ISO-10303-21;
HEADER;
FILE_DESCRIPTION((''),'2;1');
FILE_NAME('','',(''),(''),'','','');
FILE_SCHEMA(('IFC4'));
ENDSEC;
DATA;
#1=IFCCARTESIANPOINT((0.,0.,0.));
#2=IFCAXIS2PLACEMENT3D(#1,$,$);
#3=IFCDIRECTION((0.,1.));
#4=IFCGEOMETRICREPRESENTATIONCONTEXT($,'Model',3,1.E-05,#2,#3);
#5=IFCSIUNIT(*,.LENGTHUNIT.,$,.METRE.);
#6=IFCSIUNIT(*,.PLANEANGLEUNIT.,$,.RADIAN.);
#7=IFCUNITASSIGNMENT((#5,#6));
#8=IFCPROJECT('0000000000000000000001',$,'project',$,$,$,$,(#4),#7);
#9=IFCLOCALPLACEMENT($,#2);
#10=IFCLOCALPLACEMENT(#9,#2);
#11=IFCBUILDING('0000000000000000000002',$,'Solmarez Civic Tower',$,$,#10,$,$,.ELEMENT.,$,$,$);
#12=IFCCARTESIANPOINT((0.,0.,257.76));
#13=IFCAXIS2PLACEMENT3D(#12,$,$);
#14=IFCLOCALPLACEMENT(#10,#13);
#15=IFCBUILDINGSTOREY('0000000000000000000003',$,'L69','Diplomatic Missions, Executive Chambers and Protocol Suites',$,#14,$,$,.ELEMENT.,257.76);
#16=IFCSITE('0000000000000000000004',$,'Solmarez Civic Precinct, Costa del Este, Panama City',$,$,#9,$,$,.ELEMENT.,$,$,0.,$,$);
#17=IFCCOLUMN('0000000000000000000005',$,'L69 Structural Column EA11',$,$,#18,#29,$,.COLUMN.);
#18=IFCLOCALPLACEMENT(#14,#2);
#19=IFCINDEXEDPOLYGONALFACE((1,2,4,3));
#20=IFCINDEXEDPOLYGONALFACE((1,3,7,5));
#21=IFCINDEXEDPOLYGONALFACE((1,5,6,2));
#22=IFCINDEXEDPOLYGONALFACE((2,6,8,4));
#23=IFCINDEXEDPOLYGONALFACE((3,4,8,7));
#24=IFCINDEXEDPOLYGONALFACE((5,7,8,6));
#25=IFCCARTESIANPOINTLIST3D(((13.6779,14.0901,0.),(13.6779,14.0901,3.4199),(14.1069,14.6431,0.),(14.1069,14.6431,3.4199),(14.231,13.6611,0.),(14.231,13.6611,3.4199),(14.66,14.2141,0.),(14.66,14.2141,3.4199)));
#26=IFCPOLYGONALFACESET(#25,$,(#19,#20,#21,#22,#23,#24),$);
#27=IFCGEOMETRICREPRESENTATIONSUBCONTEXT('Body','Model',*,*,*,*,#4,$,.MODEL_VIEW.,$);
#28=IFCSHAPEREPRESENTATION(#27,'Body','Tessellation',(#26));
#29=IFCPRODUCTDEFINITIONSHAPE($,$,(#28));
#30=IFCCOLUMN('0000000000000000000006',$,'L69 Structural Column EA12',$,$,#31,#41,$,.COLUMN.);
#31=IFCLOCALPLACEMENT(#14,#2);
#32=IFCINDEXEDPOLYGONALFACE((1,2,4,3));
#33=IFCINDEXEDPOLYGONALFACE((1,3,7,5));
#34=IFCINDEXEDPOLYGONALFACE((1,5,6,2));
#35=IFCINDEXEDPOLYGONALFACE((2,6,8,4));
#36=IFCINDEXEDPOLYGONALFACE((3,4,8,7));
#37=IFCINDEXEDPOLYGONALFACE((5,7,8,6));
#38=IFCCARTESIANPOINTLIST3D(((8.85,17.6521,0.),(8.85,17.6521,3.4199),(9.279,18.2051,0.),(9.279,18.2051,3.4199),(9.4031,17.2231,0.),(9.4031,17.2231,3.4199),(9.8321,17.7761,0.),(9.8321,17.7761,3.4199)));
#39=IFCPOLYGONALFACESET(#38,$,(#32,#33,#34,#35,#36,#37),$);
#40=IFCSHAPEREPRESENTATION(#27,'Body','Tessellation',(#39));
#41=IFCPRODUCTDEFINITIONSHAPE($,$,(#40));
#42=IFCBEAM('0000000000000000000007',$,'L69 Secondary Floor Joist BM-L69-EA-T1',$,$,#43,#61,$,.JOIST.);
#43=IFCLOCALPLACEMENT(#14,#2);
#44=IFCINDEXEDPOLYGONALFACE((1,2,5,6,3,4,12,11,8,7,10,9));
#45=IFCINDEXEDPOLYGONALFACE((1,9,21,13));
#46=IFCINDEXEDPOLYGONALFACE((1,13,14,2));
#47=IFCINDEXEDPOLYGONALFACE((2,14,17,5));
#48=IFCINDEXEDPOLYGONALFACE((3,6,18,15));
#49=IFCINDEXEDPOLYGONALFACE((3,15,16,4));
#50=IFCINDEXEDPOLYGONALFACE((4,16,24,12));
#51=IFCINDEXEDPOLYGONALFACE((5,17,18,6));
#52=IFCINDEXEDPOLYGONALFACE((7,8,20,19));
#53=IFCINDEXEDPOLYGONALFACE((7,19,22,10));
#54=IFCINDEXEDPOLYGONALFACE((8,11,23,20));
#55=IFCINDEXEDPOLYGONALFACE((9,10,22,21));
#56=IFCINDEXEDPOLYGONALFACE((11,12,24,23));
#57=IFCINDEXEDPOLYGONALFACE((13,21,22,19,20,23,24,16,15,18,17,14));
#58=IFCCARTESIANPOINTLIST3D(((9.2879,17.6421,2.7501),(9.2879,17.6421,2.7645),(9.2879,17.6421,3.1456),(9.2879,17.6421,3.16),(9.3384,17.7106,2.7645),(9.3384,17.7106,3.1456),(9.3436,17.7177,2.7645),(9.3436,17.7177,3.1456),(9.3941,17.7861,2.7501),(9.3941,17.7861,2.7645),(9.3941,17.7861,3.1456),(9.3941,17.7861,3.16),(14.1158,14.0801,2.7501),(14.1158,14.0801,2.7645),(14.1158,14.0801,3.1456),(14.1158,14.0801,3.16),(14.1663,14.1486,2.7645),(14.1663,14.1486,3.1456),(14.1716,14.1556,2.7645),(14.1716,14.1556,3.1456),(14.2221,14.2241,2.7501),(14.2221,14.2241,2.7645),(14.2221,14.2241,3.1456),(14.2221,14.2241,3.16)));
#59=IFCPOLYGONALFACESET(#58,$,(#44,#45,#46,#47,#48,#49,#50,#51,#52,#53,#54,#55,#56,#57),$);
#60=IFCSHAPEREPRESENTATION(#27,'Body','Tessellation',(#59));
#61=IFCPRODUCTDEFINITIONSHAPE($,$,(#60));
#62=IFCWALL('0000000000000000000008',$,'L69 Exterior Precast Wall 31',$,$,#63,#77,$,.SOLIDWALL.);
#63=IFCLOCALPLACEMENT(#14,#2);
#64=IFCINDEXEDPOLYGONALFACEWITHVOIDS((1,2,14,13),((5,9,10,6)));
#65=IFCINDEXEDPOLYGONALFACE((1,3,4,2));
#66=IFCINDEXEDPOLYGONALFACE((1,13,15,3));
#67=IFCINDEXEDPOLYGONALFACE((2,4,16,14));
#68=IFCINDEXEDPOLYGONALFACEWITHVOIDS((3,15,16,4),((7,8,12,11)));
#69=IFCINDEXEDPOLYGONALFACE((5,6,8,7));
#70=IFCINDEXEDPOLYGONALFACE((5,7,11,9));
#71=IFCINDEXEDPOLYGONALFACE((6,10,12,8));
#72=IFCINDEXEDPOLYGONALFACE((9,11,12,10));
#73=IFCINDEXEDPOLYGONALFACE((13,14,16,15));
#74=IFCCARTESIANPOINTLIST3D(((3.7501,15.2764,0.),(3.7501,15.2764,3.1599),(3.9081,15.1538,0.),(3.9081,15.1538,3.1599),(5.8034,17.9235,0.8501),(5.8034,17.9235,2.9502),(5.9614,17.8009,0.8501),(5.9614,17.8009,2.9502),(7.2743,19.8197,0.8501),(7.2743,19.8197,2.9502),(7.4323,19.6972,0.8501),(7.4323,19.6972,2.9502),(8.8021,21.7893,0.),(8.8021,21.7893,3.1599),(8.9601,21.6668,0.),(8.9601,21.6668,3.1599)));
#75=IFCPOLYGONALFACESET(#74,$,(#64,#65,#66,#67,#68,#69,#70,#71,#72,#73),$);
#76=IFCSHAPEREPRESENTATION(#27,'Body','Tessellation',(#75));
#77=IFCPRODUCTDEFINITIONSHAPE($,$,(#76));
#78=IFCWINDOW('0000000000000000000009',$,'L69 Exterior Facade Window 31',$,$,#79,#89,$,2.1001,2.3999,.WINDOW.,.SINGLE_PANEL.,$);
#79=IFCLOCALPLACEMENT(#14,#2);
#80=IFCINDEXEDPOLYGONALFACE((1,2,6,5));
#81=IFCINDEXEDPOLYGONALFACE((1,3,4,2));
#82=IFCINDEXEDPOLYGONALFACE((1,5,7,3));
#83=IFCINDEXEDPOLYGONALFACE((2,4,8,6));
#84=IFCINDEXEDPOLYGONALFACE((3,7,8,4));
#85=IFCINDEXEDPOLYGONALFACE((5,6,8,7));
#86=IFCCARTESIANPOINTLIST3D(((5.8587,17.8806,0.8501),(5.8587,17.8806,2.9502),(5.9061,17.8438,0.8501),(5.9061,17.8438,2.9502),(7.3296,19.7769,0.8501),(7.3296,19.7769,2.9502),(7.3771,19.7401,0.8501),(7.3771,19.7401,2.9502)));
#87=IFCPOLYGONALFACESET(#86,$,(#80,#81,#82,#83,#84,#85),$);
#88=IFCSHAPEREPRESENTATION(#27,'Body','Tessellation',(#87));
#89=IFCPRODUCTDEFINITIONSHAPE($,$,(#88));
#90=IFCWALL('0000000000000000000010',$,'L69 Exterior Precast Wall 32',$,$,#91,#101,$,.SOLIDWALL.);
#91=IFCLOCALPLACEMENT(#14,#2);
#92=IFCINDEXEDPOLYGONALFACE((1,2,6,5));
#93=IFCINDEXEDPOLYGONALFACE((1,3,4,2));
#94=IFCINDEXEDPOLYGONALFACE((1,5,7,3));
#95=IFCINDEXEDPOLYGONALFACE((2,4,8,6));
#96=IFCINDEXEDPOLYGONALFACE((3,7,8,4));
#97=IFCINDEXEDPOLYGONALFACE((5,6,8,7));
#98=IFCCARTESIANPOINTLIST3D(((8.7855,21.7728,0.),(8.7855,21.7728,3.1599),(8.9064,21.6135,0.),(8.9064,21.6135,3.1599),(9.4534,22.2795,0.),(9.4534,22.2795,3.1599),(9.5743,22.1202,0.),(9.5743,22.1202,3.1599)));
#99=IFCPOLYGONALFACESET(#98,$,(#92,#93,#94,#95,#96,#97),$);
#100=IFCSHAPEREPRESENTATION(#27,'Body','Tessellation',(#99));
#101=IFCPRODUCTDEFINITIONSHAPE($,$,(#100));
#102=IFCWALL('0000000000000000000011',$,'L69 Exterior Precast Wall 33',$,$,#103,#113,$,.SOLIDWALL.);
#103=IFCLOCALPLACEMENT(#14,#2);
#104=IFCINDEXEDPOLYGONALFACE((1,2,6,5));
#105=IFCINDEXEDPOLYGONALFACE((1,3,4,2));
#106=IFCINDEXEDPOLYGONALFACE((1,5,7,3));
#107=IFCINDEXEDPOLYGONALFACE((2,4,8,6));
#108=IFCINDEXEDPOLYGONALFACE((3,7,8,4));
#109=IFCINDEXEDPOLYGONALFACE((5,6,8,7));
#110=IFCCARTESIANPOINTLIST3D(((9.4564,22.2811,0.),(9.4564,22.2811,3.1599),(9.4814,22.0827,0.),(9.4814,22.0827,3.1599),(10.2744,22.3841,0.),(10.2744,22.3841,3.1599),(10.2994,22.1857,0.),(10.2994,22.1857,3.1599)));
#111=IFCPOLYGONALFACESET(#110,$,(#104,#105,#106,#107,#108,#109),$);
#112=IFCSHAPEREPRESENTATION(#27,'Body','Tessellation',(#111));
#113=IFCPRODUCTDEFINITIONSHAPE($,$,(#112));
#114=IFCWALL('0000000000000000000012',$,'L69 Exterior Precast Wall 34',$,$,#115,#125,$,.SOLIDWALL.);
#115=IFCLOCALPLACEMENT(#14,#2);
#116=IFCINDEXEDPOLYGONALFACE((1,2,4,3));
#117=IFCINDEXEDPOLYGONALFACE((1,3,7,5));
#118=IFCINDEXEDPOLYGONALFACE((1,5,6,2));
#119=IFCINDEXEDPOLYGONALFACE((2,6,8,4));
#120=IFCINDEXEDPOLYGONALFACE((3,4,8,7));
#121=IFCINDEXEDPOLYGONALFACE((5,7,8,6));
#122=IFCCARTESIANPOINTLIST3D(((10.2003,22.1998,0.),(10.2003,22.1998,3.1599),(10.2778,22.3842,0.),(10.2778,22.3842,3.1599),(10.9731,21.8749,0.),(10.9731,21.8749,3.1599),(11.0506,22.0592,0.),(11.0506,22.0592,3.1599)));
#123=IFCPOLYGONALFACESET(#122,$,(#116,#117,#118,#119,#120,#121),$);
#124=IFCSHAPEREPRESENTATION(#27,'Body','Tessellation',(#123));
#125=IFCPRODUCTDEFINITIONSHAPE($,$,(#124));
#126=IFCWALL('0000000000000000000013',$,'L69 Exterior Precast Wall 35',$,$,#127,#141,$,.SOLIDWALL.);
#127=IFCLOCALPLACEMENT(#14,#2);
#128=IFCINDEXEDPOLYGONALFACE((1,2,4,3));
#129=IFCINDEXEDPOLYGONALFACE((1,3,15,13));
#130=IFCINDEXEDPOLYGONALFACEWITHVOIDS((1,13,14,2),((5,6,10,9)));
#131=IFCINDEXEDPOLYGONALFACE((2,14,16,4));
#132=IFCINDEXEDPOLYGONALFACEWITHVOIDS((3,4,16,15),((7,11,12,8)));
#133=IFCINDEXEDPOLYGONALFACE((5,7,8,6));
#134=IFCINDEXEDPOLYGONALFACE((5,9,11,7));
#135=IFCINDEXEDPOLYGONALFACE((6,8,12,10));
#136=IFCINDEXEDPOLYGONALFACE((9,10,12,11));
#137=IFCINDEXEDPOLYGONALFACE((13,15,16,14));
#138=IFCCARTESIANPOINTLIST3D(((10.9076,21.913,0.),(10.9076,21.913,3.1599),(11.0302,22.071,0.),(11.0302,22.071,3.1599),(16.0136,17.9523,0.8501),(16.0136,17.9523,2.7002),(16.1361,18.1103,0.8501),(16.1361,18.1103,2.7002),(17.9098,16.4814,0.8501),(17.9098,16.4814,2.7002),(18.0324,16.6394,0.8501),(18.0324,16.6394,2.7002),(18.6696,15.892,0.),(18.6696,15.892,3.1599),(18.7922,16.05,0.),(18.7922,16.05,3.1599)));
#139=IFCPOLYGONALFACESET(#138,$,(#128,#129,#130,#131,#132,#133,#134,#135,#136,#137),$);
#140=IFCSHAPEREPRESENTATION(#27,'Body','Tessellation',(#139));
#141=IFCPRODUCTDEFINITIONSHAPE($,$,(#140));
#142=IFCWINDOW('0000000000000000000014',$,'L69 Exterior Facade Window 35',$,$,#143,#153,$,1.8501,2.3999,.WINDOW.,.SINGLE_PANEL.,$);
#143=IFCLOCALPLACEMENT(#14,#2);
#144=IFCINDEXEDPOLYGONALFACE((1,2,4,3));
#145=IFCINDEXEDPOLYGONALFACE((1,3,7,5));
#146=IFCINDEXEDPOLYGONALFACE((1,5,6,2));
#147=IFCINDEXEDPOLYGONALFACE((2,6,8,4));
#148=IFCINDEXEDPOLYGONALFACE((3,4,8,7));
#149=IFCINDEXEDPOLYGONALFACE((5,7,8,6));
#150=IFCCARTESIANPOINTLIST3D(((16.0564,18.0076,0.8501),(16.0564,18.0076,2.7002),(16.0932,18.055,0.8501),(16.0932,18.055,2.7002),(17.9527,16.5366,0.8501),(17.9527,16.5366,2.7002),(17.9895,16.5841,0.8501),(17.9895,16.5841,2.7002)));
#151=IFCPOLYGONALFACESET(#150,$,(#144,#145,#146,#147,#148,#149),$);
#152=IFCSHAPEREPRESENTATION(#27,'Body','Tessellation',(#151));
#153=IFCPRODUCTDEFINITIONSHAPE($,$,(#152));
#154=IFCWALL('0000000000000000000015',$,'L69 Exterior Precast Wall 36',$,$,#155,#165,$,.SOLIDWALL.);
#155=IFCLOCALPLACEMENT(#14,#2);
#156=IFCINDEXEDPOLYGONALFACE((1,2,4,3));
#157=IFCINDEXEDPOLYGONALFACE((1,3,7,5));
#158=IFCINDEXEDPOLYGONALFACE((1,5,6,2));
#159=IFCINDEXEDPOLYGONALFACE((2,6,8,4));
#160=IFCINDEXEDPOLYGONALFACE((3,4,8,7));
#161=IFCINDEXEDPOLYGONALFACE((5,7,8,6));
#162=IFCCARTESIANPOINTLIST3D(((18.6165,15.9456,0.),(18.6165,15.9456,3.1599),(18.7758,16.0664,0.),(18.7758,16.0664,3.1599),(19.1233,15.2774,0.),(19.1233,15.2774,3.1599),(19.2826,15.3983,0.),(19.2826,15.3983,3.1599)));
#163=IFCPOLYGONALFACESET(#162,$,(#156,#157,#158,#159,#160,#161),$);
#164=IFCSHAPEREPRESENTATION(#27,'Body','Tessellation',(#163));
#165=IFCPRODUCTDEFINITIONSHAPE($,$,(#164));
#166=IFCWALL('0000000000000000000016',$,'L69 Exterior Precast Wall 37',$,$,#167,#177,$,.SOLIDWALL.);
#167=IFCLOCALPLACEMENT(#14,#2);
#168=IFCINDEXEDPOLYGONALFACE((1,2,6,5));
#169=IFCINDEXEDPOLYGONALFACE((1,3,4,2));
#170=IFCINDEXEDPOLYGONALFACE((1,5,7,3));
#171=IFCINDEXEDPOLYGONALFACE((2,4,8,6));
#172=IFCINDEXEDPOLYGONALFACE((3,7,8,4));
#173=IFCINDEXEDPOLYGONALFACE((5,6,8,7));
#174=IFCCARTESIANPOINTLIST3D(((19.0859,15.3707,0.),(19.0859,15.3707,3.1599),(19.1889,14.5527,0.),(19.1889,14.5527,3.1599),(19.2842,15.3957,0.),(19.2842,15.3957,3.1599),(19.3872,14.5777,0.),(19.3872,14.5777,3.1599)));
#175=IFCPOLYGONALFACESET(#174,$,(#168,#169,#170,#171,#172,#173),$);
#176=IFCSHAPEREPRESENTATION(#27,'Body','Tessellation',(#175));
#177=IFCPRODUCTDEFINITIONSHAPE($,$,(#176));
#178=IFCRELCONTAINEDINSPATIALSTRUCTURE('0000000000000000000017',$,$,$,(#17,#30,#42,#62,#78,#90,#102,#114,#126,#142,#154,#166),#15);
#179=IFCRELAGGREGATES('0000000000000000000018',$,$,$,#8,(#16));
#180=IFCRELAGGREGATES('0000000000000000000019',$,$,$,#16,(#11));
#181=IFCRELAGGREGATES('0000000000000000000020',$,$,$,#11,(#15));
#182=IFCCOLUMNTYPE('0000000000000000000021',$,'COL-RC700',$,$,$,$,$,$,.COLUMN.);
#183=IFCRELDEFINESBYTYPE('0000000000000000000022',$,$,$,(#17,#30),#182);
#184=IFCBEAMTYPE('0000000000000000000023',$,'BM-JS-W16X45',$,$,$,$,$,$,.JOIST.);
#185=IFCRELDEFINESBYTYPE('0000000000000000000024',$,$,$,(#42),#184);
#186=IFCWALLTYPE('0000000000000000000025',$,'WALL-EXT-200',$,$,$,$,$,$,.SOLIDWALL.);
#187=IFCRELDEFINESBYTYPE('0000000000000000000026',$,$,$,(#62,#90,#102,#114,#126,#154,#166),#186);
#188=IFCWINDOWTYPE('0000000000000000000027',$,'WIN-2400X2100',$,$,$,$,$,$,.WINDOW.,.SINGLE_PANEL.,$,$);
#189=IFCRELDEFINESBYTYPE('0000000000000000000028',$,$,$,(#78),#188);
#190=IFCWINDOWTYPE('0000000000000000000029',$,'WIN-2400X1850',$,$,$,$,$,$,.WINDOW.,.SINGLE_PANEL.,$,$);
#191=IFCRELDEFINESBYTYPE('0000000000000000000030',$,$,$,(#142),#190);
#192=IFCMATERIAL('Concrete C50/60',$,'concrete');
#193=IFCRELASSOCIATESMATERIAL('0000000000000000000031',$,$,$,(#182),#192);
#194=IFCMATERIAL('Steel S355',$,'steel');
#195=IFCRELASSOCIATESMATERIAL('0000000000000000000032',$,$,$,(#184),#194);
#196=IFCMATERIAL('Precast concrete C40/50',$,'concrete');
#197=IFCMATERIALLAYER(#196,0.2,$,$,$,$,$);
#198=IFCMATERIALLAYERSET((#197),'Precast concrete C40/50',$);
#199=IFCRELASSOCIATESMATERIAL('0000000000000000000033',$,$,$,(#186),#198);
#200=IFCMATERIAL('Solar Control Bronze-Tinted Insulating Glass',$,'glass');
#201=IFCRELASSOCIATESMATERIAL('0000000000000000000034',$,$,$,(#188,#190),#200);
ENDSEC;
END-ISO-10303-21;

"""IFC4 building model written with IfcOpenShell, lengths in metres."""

from ifc_helpers import new_model, si_unit, direction, frame, frame_2d, origin, origin_2d, place, context, subcontext, project, spatial, rectangle, i_section, extrude, material, layer, layer_set, material_profile, profile_set, type_object, element, fill, save


model = new_model("IFC4")

# Units and contexts
model_context = context("Model", 3, precision=1e-05, world=origin(), true_north=direction((0.0, 1.0)))
body_context = subcontext(model_context, "Body", "Model", "MODEL_VIEW")
ifc_project = project(units=[si_unit("LENGTHUNIT", "METRE"), si_unit("PLANEANGLEUNIT", "RADIAN")], contexts=[model_context])

# Site, building, storey
site_placement = place(None, origin())
site = spatial("IfcSite", under=ifc_project, at=site_placement, Name="Solmarez Civic Precinct, Costa del Este, Panama City", CompositionType="ELEMENT", RefElevation=0.0)
building_placement = place(site_placement, origin())
building = spatial("IfcBuilding", under=site, at=building_placement, Name="Solmarez Civic Tower", CompositionType="ELEMENT")
storey_placement = place(building_placement, frame((0.0, 0.0, 257.76)))
storey = spatial("IfcBuildingStorey", under=building, at=storey_placement, Name="L69", Description="Diplomatic Missions, Executive Chambers and Protocol Suites", CompositionType="ELEMENT", Elevation=257.76)

# Columns
ifc_material_1 = material(Name="Concrete C50/60", Category="concrete")
ifc_material_profile_1 = material_profile(ifc_material_1, rectangle(XDim=0.7, YDim=0.7, at=origin_2d()), Name="RC700X700")
ifc_profile_set_1 = profile_set([ifc_material_profile_1], Name="Concrete C50/60")
column_type = type_object("IfcColumnType", Name="COL-RC700", PredefinedType="COLUMN", material=ifc_profile_set_1)
for number, where, z_axis, x_axis, name in (
    (1, (14.1689, 14.1521, 0.0), (0.0, 0.0, 1.0), (0.612907, 0.790155, 0.0), "L69 Structural Column EA11"),
    (2, (9.3411, 17.7141, 0.0), (0.0, 0.0, 1.0), (0.612907, 0.790155, 0.0), "L69 Structural Column EA12"),
):
    element("IfcColumn", number, at=place(storey_placement, frame(where, z_axis=z_axis, x_axis=x_axis)), inside=storey, type_object=column_type, Name=name, PredefinedType="COLUMN", context=body_context, shape_type="SweptSolid", body=[
        extrude(rectangle(XDim=0.7, YDim=0.7, at=origin_2d()), origin(), (0.0, 0.0, 1.0), 3.4199),
    ])

# Beam
ifc_material_2 = material(Name="Steel S355", Category="steel")
ifc_material_profile_2 = material_profile(ifc_material_2, i_section(OverallWidth=0.179, OverallDepth=0.4099, WebThickness=0.0088, FlangeThickness=0.0144, at=origin_2d()), Name="W16X45")
ifc_profile_set_2 = profile_set([ifc_material_profile_2], Name="Steel S355")
beam_type = type_object("IfcBeamType", Name="BM-JS-W16X45", PredefinedType="JOIST", material=ifc_profile_set_2)
beam_placement = place(storey_placement, frame((14.1689, 14.1521, 2.9551), z_axis=(-0.804687, 0.593699, 0.0), x_axis=(-0.593699, -0.804687, 0.0)))
element("IfcBeam", 3, at=beam_placement, inside=storey, type_object=beam_type, Name="L69 Secondary Floor Joist BM-L69-EA-T1", PredefinedType="JOIST", context=body_context, shape_type="SweptSolid", body=[
    extrude(i_section(OverallWidth=0.179, OverallDepth=0.4099, WebThickness=0.0088, FlangeThickness=0.0144, at=origin_2d()), origin(), (0.0, 0.0, 1.0), 5.9998),
])

# Wall, opening, window
ifc_material_3 = material(Name="Precast concrete C40/50", Category="concrete")
ifc_layer_1 = layer(ifc_material_3, 0.2)
ifc_layer_set_1 = layer_set([ifc_layer_1], Name="Precast concrete C40/50")
wall_type_1 = type_object("IfcWallType", Name="WALL-EXT-200", PredefinedType="SOLIDWALL", material=ifc_layer_set_1)
wall_1_placement = place(storey_placement, frame((3.8291, 15.2151, 0.0), z_axis=(0.0, 0.0, 1.0), x_axis=(0.612911, 0.790152, 0.0)))
wall_1 = element("IfcWall", 4, at=wall_1_placement, inside=storey, type_object=wall_type_1, Name="L69 Exterior Precast Wall 31", PredefinedType="SOLIDWALL", context=body_context, shape_type="SweptSolid", body=[
    extrude(rectangle(XDim=8.2427, YDim=0.2, at=frame_2d((4.1213, 0.0))), origin(), (0.0, 0.0, 1.0), 3.1599),
])
opening_1_placement = place(wall_1_placement, frame((3.3501, 0.0, 0.8501)))
opening_1 = element("IfcOpeningElement", 5, at=opening_1_placement, cuts=wall_1, PredefinedType="OPENING", context=body_context, shape_type="SweptSolid", body=[
    extrude(rectangle(XDim=2.3999, YDim=2.1001, at=frame_2d((1.2, 1.05))), frame((0.0, 0.1099, 0.0), z_axis=(0.0, -1.0, 0.0), x_axis=(1.0, 0.0, 0.0)), (0.0, 0.0, 1.0), 0.22),
])
ifc_material_4 = material(Name="Solar Control Bronze-Tinted Insulating Glass", Category="glass")
window_type_1 = type_object("IfcWindowType", Name="WIN-2400X2100", PartitioningType="SINGLE_PANEL", PredefinedType="WINDOW", material=ifc_material_4)
window_1_placement = place(opening_1_placement, origin())
window_1 = element("IfcWindow", 6, at=window_1_placement, inside=storey, type_object=window_type_1, Name="L69 Exterior Facade Window 31", OverallHeight=2.1001, OverallWidth=2.3999, PartitioningType="SINGLE_PANEL", PredefinedType="WINDOW", context=body_context, shape_type="SweptSolid", body=[
    extrude(rectangle(XDim=2.3999, YDim=2.1001, at=frame_2d((1.2, 1.05))), frame((0.0, 0.03, 0.0), z_axis=(0.0, -1.0, 0.0), x_axis=(1.0, 0.0, 0.0)), (0.0, 0.0, 1.0), 0.0601),
])
fill(opening_1, window_1)

# Walls
wall_2_placement = place(storey_placement, frame((8.8459, 21.6931, 0.0), z_axis=(0.0, 0.0, 1.0), x_axis=(0.796633, 0.604463, 0.0)))
element("IfcWall", 7, at=wall_2_placement, inside=storey, type_object=wall_type_1, Name="L69 Exterior Precast Wall 32", PredefinedType="SOLIDWALL", context=body_context, shape_type="SweptSolid", body=[
    extrude(rectangle(XDim=0.8384, YDim=0.2, at=frame_2d((0.4192, 0.0))), origin(), (0.0, 0.0, 1.0), 3.1599),
])
wall_3_placement = place(storey_placement, frame((9.469, 22.1819, 0.0), z_axis=(0.0, 0.0, 1.0), x_axis=(0.992164, 0.124946, 0.0)))
element("IfcWall", 8, at=wall_3_placement, inside=storey, type_object=wall_type_1, Name="L69 Exterior Precast Wall 33", PredefinedType="SOLIDWALL", context=body_context, shape_type="SweptSolid", body=[
    extrude(rectangle(XDim=0.8245, YDim=0.2, at=frame_2d((0.4121, 0.0))), origin(), (0.0, 0.0, 1.0), 3.1599),
])
wall_4_placement = place(storey_placement, frame((10.239, 22.292, 0.0), z_axis=(0.0, 0.0, 1.0), x_axis=(0.921849, -0.387549, 0.0)))
element("IfcWall", 9, at=wall_4_placement, inside=storey, type_object=wall_type_1, Name="L69 Exterior Precast Wall 34", PredefinedType="SOLIDWALL", context=body_context, shape_type="SweptSolid", body=[
    extrude(rectangle(XDim=0.8384, YDim=0.2, at=frame_2d((0.4192, 0.0))), origin(), (0.0, 0.0, 1.0), 3.1599),
])

# Wall, opening, window
wall_5_placement = place(storey_placement, frame((10.969, 21.9919, 0.0), z_axis=(0.0, 0.0, 1.0), x_axis=(0.790145, -0.61292, 0.0)))
wall_5 = element("IfcWall", 10, at=wall_5_placement, inside=storey, type_object=wall_type_1, Name="L69 Exterior Precast Wall 35", PredefinedType="SOLIDWALL", context=body_context, shape_type="SweptSolid", body=[
    extrude(rectangle(XDim=9.8235, YDim=0.2, at=frame_2d((4.9116, 0.0))), origin(), (0.0, 0.0, 1.0), 3.1599),
])
opening_2_placement = place(wall_5_placement, frame((6.4619, 0.0, 0.8501)))
opening_2 = element("IfcOpeningElement", 11, at=opening_2_placement, cuts=wall_5, PredefinedType="OPENING", context=body_context, shape_type="SweptSolid", body=[
    extrude(rectangle(XDim=2.3999, YDim=1.8501, at=frame_2d((1.2, 0.925))), frame((0.0, 0.1099, 0.0), z_axis=(0.0, -1.0, 0.0), x_axis=(1.0, 0.0, 0.0)), (0.0, 0.0, 1.0), 0.22),
])
window_type_2 = type_object("IfcWindowType", Name="WIN-2400X1850", PartitioningType="SINGLE_PANEL", PredefinedType="WINDOW", material=ifc_material_4)
window_2_placement = place(opening_2_placement, origin())
window_2 = element("IfcWindow", 12, at=window_2_placement, inside=storey, type_object=window_type_2, Name="L69 Exterior Facade Window 35", OverallHeight=1.8501, OverallWidth=2.3999, PartitioningType="SINGLE_PANEL", PredefinedType="WINDOW", context=body_context, shape_type="SweptSolid", body=[
    extrude(rectangle(XDim=2.3999, YDim=1.8501, at=frame_2d((1.2, 0.925))), frame((0.0, 0.03, 0.0), z_axis=(0.0, -1.0, 0.0), x_axis=(1.0, 0.0, 0.0)), (0.0, 0.0, 1.0), 0.0601),
])
fill(opening_2, window_2)

# Walls
wall_6_placement = place(storey_placement, frame((18.696, 16.0061, 0.0), z_axis=(0.0, 0.0, 1.0), x_axis=(0.604323, -0.79674, 0.0)))
element("IfcWall", 13, at=wall_6_placement, inside=storey, type_object=wall_type_1, Name="L69 Exterior Precast Wall 36", PredefinedType="SOLIDWALL", context=body_context, shape_type="SweptSolid", body=[
    extrude(rectangle(XDim=0.8386, YDim=0.2, at=frame_2d((0.4194, 0.0))), origin(), (0.0, 0.0, 1.0), 3.1599),
])
wall_7_placement = place(storey_placement, frame((19.1851, 15.3831, 0.0), z_axis=(0.0, 0.0, 1.0), x_axis=(0.124946, -0.992164, 0.0)))
element("IfcWall", 14, at=wall_7_placement, inside=storey, type_object=wall_type_1, Name="L69 Exterior Precast Wall 37", PredefinedType="SOLIDWALL", context=body_context, shape_type="SweptSolid", body=[
    extrude(rectangle(XDim=0.8245, YDim=0.2, at=frame_2d((0.4121, 0.0))), origin(), (0.0, 0.0, 1.0), 3.1599),
])

save(model, "model.ifc")
